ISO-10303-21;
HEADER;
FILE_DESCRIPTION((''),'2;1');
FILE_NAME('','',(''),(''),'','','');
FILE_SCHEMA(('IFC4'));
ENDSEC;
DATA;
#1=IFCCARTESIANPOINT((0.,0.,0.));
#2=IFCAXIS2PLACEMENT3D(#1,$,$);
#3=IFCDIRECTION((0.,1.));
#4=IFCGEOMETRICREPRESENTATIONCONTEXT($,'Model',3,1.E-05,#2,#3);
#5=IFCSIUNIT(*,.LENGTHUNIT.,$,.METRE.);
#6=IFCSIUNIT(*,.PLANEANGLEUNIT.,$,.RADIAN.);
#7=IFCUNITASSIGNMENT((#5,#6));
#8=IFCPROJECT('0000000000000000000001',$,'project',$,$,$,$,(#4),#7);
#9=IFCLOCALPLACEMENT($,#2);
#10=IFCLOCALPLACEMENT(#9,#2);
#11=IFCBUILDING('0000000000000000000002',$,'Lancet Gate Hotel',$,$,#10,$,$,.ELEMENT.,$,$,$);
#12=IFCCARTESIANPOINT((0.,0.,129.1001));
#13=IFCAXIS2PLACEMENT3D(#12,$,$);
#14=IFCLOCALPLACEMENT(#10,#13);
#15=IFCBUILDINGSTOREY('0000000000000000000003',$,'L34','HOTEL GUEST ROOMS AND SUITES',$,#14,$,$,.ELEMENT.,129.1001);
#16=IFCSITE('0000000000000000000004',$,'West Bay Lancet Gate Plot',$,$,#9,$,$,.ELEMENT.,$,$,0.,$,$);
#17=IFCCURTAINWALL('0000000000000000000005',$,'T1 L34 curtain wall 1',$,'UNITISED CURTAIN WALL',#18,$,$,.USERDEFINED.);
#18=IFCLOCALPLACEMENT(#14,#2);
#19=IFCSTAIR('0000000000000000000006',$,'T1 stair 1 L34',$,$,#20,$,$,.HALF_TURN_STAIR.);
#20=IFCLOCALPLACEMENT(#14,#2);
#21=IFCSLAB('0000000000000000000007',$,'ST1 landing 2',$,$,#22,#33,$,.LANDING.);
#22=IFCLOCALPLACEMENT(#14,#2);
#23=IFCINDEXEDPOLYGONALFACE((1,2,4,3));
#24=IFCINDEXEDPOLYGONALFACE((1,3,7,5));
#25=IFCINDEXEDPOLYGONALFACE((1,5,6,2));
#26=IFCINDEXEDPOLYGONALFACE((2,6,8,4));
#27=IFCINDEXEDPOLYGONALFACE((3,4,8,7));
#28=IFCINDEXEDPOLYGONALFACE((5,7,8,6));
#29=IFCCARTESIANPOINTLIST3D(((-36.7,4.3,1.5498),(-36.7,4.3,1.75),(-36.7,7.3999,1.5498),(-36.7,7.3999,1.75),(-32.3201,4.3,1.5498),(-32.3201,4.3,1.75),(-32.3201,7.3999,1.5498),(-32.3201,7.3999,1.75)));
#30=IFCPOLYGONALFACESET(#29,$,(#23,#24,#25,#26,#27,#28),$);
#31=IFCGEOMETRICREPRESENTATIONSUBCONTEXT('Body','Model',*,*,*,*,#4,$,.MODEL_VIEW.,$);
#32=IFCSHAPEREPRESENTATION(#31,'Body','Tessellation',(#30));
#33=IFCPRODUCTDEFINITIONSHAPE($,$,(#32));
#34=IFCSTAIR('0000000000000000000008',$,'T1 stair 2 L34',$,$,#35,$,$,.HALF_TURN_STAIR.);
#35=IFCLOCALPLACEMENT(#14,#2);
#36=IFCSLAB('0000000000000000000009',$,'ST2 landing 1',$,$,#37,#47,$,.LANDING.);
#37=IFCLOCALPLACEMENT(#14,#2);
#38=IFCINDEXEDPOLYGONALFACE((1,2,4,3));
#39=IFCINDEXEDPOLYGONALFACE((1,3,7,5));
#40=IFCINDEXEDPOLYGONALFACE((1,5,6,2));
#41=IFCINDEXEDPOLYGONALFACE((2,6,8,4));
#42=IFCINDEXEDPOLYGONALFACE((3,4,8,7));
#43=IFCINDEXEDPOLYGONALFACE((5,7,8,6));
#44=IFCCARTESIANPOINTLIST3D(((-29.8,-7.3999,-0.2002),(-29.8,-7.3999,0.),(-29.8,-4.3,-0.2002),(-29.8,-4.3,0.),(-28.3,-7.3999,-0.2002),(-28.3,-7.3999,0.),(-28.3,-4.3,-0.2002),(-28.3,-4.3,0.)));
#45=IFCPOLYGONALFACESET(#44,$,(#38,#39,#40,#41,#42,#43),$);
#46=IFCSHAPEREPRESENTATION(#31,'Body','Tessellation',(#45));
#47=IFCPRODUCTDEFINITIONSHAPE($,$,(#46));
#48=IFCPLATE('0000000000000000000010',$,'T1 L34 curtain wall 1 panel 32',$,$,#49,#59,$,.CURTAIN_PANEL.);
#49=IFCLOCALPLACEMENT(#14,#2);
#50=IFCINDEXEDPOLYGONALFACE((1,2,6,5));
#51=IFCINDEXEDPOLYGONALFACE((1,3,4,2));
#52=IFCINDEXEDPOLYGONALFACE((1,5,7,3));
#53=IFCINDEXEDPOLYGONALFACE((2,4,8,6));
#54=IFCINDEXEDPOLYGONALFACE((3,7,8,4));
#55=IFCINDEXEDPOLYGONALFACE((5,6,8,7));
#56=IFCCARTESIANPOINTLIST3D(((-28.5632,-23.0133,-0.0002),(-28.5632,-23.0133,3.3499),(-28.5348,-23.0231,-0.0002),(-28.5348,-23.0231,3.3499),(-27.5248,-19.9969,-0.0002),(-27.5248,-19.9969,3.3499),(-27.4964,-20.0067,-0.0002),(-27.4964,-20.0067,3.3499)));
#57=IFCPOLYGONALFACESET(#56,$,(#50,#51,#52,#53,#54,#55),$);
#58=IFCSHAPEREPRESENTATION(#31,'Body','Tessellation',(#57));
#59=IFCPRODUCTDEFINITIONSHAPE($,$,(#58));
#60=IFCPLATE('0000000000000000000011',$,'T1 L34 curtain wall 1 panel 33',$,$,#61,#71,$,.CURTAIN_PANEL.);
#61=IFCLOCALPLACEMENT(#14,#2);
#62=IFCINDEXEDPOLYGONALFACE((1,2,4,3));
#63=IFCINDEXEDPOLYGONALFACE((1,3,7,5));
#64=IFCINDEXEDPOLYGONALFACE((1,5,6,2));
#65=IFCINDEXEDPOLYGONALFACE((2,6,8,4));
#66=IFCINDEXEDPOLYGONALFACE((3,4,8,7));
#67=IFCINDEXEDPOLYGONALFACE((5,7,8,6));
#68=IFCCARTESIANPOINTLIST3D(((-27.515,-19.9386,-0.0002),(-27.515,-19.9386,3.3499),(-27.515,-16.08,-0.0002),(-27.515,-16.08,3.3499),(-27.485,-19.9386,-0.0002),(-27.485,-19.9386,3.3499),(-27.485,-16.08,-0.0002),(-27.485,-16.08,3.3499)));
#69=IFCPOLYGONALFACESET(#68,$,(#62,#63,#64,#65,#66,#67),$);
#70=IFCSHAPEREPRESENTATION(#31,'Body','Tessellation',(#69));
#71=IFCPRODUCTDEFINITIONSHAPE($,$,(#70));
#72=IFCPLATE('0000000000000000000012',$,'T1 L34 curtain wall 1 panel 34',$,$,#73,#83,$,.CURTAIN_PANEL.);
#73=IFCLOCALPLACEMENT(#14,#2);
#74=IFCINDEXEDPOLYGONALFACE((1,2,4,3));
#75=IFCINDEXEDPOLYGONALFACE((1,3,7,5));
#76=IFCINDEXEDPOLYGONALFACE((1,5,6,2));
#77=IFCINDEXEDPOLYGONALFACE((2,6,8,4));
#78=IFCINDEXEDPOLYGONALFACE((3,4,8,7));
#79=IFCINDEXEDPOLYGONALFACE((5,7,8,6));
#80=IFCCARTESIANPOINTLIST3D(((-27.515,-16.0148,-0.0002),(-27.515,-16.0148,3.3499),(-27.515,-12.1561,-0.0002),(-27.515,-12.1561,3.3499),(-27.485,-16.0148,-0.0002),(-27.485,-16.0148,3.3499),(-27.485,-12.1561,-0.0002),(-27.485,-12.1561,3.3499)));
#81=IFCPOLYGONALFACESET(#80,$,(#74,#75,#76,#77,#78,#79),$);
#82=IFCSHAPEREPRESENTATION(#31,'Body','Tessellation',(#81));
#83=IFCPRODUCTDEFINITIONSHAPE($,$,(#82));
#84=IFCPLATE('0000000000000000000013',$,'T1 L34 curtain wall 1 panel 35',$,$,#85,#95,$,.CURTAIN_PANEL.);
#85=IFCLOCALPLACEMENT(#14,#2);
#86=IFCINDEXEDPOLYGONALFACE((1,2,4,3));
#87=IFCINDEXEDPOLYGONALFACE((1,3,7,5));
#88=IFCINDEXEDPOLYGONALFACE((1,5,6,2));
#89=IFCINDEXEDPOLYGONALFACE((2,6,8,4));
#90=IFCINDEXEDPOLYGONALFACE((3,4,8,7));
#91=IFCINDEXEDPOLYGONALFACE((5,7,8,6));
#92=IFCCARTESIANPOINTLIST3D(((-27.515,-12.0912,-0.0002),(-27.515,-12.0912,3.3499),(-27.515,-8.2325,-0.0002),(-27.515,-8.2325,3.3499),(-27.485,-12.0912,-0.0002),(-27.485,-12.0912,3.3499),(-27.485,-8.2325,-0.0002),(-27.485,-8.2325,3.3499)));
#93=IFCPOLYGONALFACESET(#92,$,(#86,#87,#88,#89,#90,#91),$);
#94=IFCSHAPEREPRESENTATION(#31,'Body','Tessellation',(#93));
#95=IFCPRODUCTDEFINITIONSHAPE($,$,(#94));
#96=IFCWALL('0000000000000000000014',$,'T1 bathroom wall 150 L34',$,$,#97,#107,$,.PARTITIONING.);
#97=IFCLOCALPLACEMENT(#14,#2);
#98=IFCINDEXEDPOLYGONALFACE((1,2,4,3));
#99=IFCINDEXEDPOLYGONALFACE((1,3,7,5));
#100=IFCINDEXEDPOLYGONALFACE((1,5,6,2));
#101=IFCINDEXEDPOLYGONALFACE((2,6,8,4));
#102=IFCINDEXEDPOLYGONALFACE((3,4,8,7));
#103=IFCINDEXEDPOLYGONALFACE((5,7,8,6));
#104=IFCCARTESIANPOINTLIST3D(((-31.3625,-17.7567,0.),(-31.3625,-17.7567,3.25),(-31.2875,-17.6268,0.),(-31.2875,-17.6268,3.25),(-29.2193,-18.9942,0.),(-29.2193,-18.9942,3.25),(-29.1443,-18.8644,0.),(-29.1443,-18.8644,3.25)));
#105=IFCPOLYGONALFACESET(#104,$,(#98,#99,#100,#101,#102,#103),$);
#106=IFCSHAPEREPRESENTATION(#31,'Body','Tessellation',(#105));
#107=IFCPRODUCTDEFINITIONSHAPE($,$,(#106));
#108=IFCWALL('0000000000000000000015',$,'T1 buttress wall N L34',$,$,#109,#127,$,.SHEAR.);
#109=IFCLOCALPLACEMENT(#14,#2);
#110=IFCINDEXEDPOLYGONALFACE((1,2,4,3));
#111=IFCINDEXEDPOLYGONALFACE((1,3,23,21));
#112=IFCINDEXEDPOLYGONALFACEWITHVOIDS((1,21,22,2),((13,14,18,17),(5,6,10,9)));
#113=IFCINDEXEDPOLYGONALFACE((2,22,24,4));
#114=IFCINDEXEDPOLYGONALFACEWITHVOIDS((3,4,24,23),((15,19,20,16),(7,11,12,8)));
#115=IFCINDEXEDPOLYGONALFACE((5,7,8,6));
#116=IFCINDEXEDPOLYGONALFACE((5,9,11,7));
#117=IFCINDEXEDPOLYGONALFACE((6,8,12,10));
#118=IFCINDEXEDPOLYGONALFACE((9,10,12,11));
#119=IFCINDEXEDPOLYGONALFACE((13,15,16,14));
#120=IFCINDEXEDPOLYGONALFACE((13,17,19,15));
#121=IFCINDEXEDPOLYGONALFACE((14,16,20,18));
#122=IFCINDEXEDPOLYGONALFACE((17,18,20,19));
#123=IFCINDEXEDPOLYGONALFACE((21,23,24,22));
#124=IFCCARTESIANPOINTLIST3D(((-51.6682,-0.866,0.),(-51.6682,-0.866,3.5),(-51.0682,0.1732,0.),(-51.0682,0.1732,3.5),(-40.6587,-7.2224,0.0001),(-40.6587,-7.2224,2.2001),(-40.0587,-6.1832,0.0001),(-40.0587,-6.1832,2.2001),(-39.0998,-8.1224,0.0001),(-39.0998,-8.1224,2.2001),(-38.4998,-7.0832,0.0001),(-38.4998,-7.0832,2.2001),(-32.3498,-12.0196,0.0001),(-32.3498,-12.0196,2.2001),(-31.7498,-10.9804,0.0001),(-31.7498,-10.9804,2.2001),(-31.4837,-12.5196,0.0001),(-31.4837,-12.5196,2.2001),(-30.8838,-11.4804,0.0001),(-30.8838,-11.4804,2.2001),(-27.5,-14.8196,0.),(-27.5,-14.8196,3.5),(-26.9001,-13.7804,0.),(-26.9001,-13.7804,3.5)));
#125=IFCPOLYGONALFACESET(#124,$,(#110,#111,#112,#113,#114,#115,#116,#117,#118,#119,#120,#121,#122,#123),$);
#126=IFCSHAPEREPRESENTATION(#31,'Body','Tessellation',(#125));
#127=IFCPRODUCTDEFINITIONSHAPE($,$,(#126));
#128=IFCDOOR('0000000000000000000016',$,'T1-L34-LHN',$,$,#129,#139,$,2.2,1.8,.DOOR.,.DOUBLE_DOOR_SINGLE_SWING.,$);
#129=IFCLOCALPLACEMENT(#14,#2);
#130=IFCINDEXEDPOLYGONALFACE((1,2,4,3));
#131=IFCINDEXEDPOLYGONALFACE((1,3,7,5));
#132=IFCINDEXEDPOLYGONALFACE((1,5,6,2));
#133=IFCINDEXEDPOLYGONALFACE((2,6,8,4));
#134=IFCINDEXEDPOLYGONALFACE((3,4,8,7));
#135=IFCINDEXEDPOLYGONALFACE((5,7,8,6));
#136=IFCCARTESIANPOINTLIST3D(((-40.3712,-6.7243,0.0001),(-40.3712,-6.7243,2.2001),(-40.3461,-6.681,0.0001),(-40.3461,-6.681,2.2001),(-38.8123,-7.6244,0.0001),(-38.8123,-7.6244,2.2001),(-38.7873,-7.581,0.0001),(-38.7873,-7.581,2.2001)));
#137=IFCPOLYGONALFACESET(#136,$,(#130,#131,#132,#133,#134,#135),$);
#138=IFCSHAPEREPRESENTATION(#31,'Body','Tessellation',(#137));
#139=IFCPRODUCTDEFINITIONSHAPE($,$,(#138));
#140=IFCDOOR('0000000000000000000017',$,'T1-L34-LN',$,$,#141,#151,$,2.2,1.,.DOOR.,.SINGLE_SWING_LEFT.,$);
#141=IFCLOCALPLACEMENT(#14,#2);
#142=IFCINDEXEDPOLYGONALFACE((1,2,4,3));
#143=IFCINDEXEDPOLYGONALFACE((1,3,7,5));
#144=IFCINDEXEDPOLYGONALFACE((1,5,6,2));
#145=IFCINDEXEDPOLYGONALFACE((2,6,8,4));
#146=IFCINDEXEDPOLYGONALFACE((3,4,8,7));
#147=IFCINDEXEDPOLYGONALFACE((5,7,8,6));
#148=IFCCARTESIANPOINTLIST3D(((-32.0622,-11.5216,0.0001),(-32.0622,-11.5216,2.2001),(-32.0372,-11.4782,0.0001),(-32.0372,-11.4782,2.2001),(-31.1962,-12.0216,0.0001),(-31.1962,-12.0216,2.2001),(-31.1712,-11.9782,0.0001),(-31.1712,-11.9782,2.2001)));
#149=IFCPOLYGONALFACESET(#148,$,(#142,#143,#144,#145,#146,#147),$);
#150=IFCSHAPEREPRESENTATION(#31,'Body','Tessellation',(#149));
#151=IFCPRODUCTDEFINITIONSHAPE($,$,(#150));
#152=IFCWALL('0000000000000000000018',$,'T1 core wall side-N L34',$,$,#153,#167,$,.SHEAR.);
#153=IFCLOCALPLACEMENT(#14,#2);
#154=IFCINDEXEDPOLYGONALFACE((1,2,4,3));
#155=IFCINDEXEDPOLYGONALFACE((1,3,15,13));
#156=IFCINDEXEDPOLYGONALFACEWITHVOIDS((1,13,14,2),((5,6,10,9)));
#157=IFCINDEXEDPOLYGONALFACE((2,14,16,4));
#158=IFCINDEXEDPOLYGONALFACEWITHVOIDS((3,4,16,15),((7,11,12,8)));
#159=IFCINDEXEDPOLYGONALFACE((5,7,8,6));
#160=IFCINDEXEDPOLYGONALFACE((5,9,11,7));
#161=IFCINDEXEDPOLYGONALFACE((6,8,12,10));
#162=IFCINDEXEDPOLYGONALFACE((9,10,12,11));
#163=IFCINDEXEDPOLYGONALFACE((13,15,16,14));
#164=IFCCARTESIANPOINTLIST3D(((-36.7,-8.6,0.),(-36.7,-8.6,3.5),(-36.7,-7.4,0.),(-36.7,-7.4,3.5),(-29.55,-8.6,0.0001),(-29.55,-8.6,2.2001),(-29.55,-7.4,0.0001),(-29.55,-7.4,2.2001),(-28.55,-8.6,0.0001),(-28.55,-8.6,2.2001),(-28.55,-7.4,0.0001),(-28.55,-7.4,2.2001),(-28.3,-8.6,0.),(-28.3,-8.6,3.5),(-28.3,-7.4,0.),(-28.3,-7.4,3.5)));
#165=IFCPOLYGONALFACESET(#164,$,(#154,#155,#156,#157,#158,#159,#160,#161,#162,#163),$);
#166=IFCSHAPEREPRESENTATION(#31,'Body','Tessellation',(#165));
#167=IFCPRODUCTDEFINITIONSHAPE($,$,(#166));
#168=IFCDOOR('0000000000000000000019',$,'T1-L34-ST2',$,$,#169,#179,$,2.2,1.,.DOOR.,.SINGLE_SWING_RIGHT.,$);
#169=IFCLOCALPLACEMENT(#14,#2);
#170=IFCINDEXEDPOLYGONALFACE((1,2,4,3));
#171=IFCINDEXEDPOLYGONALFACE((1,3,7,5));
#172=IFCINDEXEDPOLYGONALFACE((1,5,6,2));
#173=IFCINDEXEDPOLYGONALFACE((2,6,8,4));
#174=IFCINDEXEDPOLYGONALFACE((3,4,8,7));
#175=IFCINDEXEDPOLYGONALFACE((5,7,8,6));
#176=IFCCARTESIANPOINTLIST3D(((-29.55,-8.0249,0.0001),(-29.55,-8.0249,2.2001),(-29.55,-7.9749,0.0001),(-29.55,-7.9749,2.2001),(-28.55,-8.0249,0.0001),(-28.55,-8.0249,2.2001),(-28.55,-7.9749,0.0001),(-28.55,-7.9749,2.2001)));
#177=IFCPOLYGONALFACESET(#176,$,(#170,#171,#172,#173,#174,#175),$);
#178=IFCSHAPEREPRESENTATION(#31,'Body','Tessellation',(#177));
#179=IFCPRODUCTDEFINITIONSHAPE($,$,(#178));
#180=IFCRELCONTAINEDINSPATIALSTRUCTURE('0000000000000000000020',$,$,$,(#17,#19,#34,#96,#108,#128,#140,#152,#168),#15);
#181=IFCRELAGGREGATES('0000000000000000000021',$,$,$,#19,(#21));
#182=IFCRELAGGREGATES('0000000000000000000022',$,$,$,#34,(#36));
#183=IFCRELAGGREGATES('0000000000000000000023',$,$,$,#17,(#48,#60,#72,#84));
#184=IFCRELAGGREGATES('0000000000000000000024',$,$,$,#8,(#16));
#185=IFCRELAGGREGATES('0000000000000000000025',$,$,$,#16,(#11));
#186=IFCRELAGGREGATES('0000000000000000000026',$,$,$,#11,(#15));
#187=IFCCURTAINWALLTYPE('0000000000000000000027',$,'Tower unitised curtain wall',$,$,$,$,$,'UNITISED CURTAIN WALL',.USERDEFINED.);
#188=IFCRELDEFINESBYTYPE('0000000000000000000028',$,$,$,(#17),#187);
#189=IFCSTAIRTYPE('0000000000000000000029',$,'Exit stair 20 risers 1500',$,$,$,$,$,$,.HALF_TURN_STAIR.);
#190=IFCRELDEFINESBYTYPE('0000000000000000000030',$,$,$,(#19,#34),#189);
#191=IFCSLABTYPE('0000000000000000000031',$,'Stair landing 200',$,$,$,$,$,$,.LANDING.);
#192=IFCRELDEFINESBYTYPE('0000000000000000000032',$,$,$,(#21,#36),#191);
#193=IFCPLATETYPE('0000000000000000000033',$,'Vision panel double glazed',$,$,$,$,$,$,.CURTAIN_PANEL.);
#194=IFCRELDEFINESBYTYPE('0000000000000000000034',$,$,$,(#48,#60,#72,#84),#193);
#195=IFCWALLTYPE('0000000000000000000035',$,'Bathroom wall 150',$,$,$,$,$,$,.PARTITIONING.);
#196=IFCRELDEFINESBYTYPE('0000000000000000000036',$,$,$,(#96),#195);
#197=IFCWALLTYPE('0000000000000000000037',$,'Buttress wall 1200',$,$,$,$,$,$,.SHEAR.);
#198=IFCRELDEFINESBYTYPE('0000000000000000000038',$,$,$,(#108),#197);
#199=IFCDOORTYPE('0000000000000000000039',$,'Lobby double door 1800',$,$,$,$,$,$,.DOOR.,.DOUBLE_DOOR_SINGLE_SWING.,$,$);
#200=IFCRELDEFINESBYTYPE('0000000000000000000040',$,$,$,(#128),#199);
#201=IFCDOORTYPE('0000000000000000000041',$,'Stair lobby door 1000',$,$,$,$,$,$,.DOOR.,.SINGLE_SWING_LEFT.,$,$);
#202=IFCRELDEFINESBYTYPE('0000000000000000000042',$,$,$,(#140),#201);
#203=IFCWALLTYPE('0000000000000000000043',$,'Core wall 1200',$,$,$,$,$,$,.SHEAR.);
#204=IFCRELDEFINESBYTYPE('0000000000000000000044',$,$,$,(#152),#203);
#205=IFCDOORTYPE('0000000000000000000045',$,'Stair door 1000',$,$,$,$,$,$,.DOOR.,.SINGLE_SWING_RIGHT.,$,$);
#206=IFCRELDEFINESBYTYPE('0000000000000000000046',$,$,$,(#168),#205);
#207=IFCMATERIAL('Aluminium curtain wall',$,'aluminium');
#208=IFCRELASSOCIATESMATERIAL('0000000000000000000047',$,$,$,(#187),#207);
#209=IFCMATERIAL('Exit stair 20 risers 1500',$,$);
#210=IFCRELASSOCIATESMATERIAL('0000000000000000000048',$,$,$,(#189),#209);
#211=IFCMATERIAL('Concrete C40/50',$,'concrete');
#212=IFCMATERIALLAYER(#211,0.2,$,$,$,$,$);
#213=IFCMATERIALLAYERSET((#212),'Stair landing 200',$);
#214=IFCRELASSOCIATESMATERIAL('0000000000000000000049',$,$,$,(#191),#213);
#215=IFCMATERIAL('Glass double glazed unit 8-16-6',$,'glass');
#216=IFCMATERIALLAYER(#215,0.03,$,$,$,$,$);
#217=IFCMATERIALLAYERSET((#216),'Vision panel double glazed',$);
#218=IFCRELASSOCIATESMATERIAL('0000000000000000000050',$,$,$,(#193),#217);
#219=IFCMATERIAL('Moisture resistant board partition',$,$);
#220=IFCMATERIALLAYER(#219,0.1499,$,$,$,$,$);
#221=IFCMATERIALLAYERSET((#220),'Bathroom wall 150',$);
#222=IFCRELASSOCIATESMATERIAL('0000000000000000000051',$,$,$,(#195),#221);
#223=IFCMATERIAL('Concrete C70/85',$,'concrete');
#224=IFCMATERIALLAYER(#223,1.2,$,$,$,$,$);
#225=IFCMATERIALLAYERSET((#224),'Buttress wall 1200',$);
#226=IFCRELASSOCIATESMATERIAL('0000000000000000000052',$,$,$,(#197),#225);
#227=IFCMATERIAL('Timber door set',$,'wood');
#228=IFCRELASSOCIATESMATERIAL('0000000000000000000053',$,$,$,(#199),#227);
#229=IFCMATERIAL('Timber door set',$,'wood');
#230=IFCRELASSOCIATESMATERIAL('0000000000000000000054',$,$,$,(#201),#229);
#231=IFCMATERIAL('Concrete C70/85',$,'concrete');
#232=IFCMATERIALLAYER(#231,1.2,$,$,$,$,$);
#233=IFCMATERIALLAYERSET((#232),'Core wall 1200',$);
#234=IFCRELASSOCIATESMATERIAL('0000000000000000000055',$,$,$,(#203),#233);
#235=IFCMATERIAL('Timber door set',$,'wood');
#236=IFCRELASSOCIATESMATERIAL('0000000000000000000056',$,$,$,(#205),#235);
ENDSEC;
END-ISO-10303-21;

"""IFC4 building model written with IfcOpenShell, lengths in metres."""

from ifc_helpers import new_model, si_unit, direction, frame, frame_2d, origin, origin_2d, place, context, subcontext, project, spatial, polyline, rectangle, outline, extrude, material, layer, layer_set, type_object, element, fill, aggregate, save


model = new_model("IFC4")

# Units and contexts
model_context = context("Model", 3, precision=1e-05, world=origin(), true_north=direction((0.0, 1.0)))
body_context = subcontext(model_context, "Body", "Model", "MODEL_VIEW")
ifc_project = project(units=[si_unit("LENGTHUNIT", "METRE"), si_unit("PLANEANGLEUNIT", "RADIAN")], contexts=[model_context])

# Site, building, storey
site_placement = place(None, origin())
site = spatial("IfcSite", under=ifc_project, at=site_placement, Name="West Bay Lancet Gate Plot", CompositionType="ELEMENT", RefElevation=0.0)
building_placement = place(site_placement, origin())
building = spatial("IfcBuilding", under=site, at=building_placement, Name="Lancet Gate Hotel", CompositionType="ELEMENT")
storey_placement = place(building_placement, frame((0.0, 0.0, 129.1001)))
storey = spatial("IfcBuildingStorey", under=building, at=storey_placement, Name="L34", Description="HOTEL GUEST ROOMS AND SUITES", CompositionType="ELEMENT", Elevation=129.1001)

# Curtain wall
ifc_material_1 = material(Name="Aluminium curtain wall", Category="aluminium")
curtain_wall_type = type_object("IfcCurtainWallType", Name="Tower unitised curtain wall", ElementType="UNITISED CURTAIN WALL", PredefinedType="USERDEFINED", material=ifc_material_1)
curtain_wall_placement = place(storey_placement, origin())
curtain_wall = element("IfcCurtainWall", 1, at=curtain_wall_placement, inside=storey, type_object=curtain_wall_type, Name="T1 L34 curtain wall 1", ObjectType="UNITISED CURTAIN WALL", PredefinedType="USERDEFINED")

# Stair, slab
ifc_material_2 = material(Name="Exit stair 20 risers 1500")
stair_type = type_object("IfcStairType", Name="Exit stair 20 risers 1500", PredefinedType="HALF_TURN_STAIR", material=ifc_material_2)
stair_1_placement = place(storey_placement, origin())
stair_1 = element("IfcStair", 2, at=stair_1_placement, inside=storey, type_object=stair_type, Name="T1 stair 1 L34", PredefinedType="HALF_TURN_STAIR")
ifc_material_3 = material(Name="Concrete C40/50", Category="concrete")
ifc_layer_1 = layer(ifc_material_3, 0.2)
ifc_layer_set_1 = layer_set([ifc_layer_1], Name="Stair landing 200")
slab_type_1 = type_object("IfcSlabType", Name="Stair landing 200", PredefinedType="LANDING", material=ifc_layer_set_1)
slab_1_placement = place(storey_placement, frame((0.0, 0.0, 1.5498)))
slab_1 = element("IfcSlab", 3, at=slab_1_placement, type_object=slab_type_1, Name="ST1 landing 2", PredefinedType="LANDING", context=body_context, shape_type="SweptSolid", body=[
    extrude(outline(polyline([(-32.3201, 7.3999), (-36.7, 7.3999), (-36.7, 4.3), (-32.3201, 4.3), (-32.3201, 7.3999)])), origin(), (0.0, 0.0, 1.0), 0.2002),
])
aggregate(stair_1, [slab_1])

# Stair, slab
stair_2_placement = place(storey_placement, origin())
stair_2 = element("IfcStair", 4, at=stair_2_placement, inside=storey, type_object=stair_type, Name="T1 stair 2 L34", PredefinedType="HALF_TURN_STAIR")
slab_2_placement = place(storey_placement, frame((0.0, 0.0, -0.2002)))
slab_2 = element("IfcSlab", 5, at=slab_2_placement, type_object=slab_type_1, Name="ST2 landing 1", PredefinedType="LANDING", context=body_context, shape_type="SweptSolid", body=[
    extrude(outline(polyline([(-28.3, -4.3), (-29.8, -4.3), (-29.8, -7.3999), (-28.3, -7.3999), (-28.3, -4.3)])), origin(), (0.0, 0.0, 1.0), 0.2002),
])
aggregate(stair_2, [slab_2])

# Plates
ifc_material_4 = material(Name="Glass double glazed unit 8-16-6", Category="glass")
ifc_layer_2 = layer(ifc_material_4, 0.03)
ifc_layer_set_2 = layer_set([ifc_layer_2], Name="Vision panel double glazed")
plate_type = type_object("IfcPlateType", Name="Vision panel double glazed", PredefinedType="CURTAIN_PANEL", material=ifc_layer_set_2)
plate_1_placement = place(storey_placement, frame((-28.0298, -21.51, -0.0002), z_axis=(0.0, 0.0, 1.0), x_axis=(0.325516, 0.945537, 0.0)))
plate_1 = element("IfcPlate", 6, at=plate_1_placement, type_object=plate_type, Name="T1 L34 curtain wall 1 panel 32", PredefinedType="CURTAIN_PANEL", context=body_context, shape_type="SweptSolid", body=[
    extrude(rectangle(XDim=3.1902, YDim=0.03, at=origin_2d()), origin(), (0.0, 0.0, 1.0), 3.3501),
])
plate_2_placement = place(storey_placement, frame((-27.5, -18.0093, -0.0002), z_axis=(0.0, 0.0, 1.0), x_axis=(0.0, 1.0, 0.0)))
plate_2 = element("IfcPlate", 7, at=plate_2_placement, type_object=plate_type, Name="T1 L34 curtain wall 1 panel 33", PredefinedType="CURTAIN_PANEL", context=body_context, shape_type="SweptSolid", body=[
    extrude(rectangle(XDim=3.8586, YDim=0.03, at=origin_2d()), origin(), (0.0, 0.0, 1.0), 3.3501),
])
plate_3_placement = place(storey_placement, frame((-27.5, -14.0854, -0.0002), z_axis=(0.0, 0.0, 1.0), x_axis=(0.0, 1.0, 0.0)))
plate_3 = element("IfcPlate", 8, at=plate_3_placement, type_object=plate_type, Name="T1 L34 curtain wall 1 panel 34", PredefinedType="CURTAIN_PANEL", context=body_context, shape_type="SweptSolid", body=[
    extrude(rectangle(XDim=3.8586, YDim=0.03, at=origin_2d()), origin(), (0.0, 0.0, 1.0), 3.3501),
])
plate_4_placement = place(storey_placement, frame((-27.5, -10.1619, -0.0002), z_axis=(0.0, 0.0, 1.0), x_axis=(0.0, 1.0, 0.0)))
plate_4 = element("IfcPlate", 9, at=plate_4_placement, type_object=plate_type, Name="T1 L34 curtain wall 1 panel 35", PredefinedType="CURTAIN_PANEL", context=body_context, shape_type="SweptSolid", body=[
    extrude(rectangle(XDim=3.8586, YDim=0.03, at=origin_2d()), origin(), (0.0, 0.0, 1.0), 3.3501),
])
aggregate(curtain_wall, [plate_1, plate_2, plate_3, plate_4])

# Wall
ifc_material_5 = material(Name="Moisture resistant board partition")
ifc_layer_3 = layer(ifc_material_5, 0.1499)
ifc_layer_set_3 = layer_set([ifc_layer_3], Name="Bathroom wall 150")
wall_type_1 = type_object("IfcWallType", Name="Bathroom wall 150", PredefinedType="PARTITIONING", material=ifc_layer_set_3)
wall_1_placement = place(storey_placement, frame((-29.1819, -18.9292, 0.0), z_axis=(0.0, 0.0, 1.0), x_axis=(-0.866007, 0.500033, 0.0)))
element("IfcWall", 10, at=wall_1_placement, inside=storey, type_object=wall_type_1, Name="T1 bathroom wall 150 L34", PredefinedType="PARTITIONING", context=body_context, shape_type="SweptSolid", body=[
    extrude(rectangle(XDim=2.4749, YDim=0.1499, at=frame_2d((1.2373, 0.0))), origin(), (0.0, 0.0, 1.0), 3.25),
])

# Wall, openings, doors
ifc_material_6 = material(Name="Concrete C70/85", Category="concrete")
ifc_layer_4 = layer(ifc_material_6, 1.2)
ifc_layer_set_4 = layer_set([ifc_layer_4], Name="Buttress wall 1200")
wall_type_2 = type_object("IfcWallType", Name="Buttress wall 1200", PredefinedType="SHEAR", material=ifc_layer_set_4)
wall_2_placement = place(storey_placement, frame((-27.2, -14.3, 0.0), z_axis=(0.0, 0.0, 1.0), x_axis=(-0.866024, 0.500002, 0.0)))
wall_2 = element("IfcWall", 11, at=wall_2_placement, inside=storey, type_object=wall_type_2, Name="T1 buttress wall N L34", PredefinedType="SHEAR", context=body_context, shape_type="SweptSolid", body=[
    extrude(rectangle(XDim=27.907, YDim=1.2, at=frame_2d((13.9536, 0.0))), origin(), (0.0, 0.0, 1.0), 3.5),
])
opening_1_placement = place(wall_2_placement, frame((4.6001, 0.0, 0.0)))
opening_1 = element("IfcOpeningElement", 12, at=opening_1_placement, cuts=wall_2, PredefinedType="OPENING", context=body_context, shape_type="SweptSolid", body=[
    extrude(rectangle(XDim=1.0, YDim=2.2, at=frame_2d((0.5, 1.1001))), frame((0.0, 0.6099, 0.0), z_axis=(0.0, -1.0, 0.0), x_axis=(1.0, 0.0, 0.0)), (0.0, 0.0, 1.0), 1.22),
])
opening_2_placement = place(wall_2_placement, frame((13.3945, 0.0, 0.0)))
opening_2 = element("IfcOpeningElement", 13, at=opening_2_placement, cuts=wall_2, PredefinedType="OPENING", context=body_context, shape_type="SweptSolid", body=[
    extrude(rectangle(XDim=1.8, YDim=2.2, at=frame_2d((0.8999, 1.1001))), frame((0.0, 0.6099, 0.0), z_axis=(0.0, -1.0, 0.0), x_axis=(1.0, 0.0, 0.0)), (0.0, 0.0, 1.0), 1.22),
])
ifc_material_7 = material(Name="Timber door set", Category="wood")
door_type_1 = type_object("IfcDoorType", Name="Lobby double door 1800", OperationType="DOUBLE_DOOR_SINGLE_SWING", PredefinedType="DOOR", material=ifc_material_7)
door_1_placement = place(opening_2_placement, origin())
door_1 = element("IfcDoor", 14, at=door_1_placement, inside=storey, type_object=door_type_1, Name="T1-L34-LHN", OperationType="DOUBLE_DOOR_SINGLE_SWING", OverallHeight=2.2, OverallWidth=1.8, PredefinedType="DOOR", context=body_context, shape_type="SweptSolid", body=[
    extrude(rectangle(XDim=1.8, YDim=2.2, at=frame_2d((0.8999, 1.1001))), frame((0.0, 0.0249, 0.0), z_axis=(0.0, -1.0, 0.0), x_axis=(1.0, 0.0, 0.0)), (0.0, 0.0, 1.0), 0.05),
])
fill(opening_2, door_1)
ifc_material_8 = material(Name="Timber door set", Category="wood")
door_type_2 = type_object("IfcDoorType", Name="Stair lobby door 1000", OperationType="SINGLE_SWING_LEFT", PredefinedType="DOOR", material=ifc_material_8)
door_2_placement = place(opening_1_placement, origin())
door_2 = element("IfcDoor", 15, at=door_2_placement, inside=storey, type_object=door_type_2, Name="T1-L34-LN", OperationType="SINGLE_SWING_LEFT", OverallHeight=2.2, OverallWidth=1.0, PredefinedType="DOOR", context=body_context, shape_type="SweptSolid", body=[
    extrude(rectangle(XDim=1.0, YDim=2.2, at=frame_2d((0.5, 1.1001))), frame((0.0, 0.0249, 0.0), z_axis=(0.0, -1.0, 0.0), x_axis=(1.0, 0.0, 0.0)), (0.0, 0.0, 1.0), 0.05),
])
fill(opening_1, door_2)

# Wall, opening, door
ifc_material_9 = material(Name="Concrete C70/85", Category="concrete")
ifc_layer_5 = layer(ifc_material_9, 1.2)
ifc_layer_set_5 = layer_set([ifc_layer_5], Name="Core wall 1200")
wall_type_3 = type_object("IfcWallType", Name="Core wall 1200", PredefinedType="SHEAR", material=ifc_layer_set_5)
wall_3_placement = place(storey_placement, frame((-28.3, -8.0, 0.0), z_axis=(0.0, 0.0, 1.0), x_axis=(-1.0, 0.0, 0.0)))
wall_3 = element("IfcWall", 16, at=wall_3_placement, inside=storey, type_object=wall_type_3, Name="T1 core wall side-N L34", PredefinedType="SHEAR", context=body_context, shape_type="SweptSolid", body=[
    extrude(rectangle(XDim=8.3999, YDim=1.2, at=frame_2d((4.2, 0.0))), origin(), (0.0, 0.0, 1.0), 3.5),
])
opening_3_placement = place(wall_3_placement, frame((0.25, 0.0, 0.0)))
opening_3 = element("IfcOpeningElement", 17, at=opening_3_placement, cuts=wall_3, PredefinedType="OPENING", context=body_context, shape_type="SweptSolid", body=[
    extrude(rectangle(XDim=1.0, YDim=2.2, at=frame_2d((0.5, 1.1001))), frame((0.0, 0.6099, 0.0), z_axis=(0.0, -1.0, 0.0), x_axis=(1.0, 0.0, 0.0)), (0.0, 0.0, 1.0), 1.22),
])
ifc_material_10 = material(Name="Timber door set", Category="wood")
door_type_3 = type_object("IfcDoorType", Name="Stair door 1000", OperationType="SINGLE_SWING_RIGHT", PredefinedType="DOOR", material=ifc_material_10)
door_3_placement = place(opening_3_placement, origin())
door_3 = element("IfcDoor", 18, at=door_3_placement, inside=storey, type_object=door_type_3, Name="T1-L34-ST2", OperationType="SINGLE_SWING_RIGHT", OverallHeight=2.2, OverallWidth=1.0, PredefinedType="DOOR", context=body_context, shape_type="SweptSolid", body=[
    extrude(rectangle(XDim=1.0, YDim=2.2, at=frame_2d((0.5, 1.1001))), frame((0.0, 0.0249, 0.0), z_axis=(0.0, -1.0, 0.0), x_axis=(1.0, 0.0, 0.0)), (0.0, 0.0, 1.0), 0.05),
])
fill(opening_3, door_3)

save(model, "model.ifc")
